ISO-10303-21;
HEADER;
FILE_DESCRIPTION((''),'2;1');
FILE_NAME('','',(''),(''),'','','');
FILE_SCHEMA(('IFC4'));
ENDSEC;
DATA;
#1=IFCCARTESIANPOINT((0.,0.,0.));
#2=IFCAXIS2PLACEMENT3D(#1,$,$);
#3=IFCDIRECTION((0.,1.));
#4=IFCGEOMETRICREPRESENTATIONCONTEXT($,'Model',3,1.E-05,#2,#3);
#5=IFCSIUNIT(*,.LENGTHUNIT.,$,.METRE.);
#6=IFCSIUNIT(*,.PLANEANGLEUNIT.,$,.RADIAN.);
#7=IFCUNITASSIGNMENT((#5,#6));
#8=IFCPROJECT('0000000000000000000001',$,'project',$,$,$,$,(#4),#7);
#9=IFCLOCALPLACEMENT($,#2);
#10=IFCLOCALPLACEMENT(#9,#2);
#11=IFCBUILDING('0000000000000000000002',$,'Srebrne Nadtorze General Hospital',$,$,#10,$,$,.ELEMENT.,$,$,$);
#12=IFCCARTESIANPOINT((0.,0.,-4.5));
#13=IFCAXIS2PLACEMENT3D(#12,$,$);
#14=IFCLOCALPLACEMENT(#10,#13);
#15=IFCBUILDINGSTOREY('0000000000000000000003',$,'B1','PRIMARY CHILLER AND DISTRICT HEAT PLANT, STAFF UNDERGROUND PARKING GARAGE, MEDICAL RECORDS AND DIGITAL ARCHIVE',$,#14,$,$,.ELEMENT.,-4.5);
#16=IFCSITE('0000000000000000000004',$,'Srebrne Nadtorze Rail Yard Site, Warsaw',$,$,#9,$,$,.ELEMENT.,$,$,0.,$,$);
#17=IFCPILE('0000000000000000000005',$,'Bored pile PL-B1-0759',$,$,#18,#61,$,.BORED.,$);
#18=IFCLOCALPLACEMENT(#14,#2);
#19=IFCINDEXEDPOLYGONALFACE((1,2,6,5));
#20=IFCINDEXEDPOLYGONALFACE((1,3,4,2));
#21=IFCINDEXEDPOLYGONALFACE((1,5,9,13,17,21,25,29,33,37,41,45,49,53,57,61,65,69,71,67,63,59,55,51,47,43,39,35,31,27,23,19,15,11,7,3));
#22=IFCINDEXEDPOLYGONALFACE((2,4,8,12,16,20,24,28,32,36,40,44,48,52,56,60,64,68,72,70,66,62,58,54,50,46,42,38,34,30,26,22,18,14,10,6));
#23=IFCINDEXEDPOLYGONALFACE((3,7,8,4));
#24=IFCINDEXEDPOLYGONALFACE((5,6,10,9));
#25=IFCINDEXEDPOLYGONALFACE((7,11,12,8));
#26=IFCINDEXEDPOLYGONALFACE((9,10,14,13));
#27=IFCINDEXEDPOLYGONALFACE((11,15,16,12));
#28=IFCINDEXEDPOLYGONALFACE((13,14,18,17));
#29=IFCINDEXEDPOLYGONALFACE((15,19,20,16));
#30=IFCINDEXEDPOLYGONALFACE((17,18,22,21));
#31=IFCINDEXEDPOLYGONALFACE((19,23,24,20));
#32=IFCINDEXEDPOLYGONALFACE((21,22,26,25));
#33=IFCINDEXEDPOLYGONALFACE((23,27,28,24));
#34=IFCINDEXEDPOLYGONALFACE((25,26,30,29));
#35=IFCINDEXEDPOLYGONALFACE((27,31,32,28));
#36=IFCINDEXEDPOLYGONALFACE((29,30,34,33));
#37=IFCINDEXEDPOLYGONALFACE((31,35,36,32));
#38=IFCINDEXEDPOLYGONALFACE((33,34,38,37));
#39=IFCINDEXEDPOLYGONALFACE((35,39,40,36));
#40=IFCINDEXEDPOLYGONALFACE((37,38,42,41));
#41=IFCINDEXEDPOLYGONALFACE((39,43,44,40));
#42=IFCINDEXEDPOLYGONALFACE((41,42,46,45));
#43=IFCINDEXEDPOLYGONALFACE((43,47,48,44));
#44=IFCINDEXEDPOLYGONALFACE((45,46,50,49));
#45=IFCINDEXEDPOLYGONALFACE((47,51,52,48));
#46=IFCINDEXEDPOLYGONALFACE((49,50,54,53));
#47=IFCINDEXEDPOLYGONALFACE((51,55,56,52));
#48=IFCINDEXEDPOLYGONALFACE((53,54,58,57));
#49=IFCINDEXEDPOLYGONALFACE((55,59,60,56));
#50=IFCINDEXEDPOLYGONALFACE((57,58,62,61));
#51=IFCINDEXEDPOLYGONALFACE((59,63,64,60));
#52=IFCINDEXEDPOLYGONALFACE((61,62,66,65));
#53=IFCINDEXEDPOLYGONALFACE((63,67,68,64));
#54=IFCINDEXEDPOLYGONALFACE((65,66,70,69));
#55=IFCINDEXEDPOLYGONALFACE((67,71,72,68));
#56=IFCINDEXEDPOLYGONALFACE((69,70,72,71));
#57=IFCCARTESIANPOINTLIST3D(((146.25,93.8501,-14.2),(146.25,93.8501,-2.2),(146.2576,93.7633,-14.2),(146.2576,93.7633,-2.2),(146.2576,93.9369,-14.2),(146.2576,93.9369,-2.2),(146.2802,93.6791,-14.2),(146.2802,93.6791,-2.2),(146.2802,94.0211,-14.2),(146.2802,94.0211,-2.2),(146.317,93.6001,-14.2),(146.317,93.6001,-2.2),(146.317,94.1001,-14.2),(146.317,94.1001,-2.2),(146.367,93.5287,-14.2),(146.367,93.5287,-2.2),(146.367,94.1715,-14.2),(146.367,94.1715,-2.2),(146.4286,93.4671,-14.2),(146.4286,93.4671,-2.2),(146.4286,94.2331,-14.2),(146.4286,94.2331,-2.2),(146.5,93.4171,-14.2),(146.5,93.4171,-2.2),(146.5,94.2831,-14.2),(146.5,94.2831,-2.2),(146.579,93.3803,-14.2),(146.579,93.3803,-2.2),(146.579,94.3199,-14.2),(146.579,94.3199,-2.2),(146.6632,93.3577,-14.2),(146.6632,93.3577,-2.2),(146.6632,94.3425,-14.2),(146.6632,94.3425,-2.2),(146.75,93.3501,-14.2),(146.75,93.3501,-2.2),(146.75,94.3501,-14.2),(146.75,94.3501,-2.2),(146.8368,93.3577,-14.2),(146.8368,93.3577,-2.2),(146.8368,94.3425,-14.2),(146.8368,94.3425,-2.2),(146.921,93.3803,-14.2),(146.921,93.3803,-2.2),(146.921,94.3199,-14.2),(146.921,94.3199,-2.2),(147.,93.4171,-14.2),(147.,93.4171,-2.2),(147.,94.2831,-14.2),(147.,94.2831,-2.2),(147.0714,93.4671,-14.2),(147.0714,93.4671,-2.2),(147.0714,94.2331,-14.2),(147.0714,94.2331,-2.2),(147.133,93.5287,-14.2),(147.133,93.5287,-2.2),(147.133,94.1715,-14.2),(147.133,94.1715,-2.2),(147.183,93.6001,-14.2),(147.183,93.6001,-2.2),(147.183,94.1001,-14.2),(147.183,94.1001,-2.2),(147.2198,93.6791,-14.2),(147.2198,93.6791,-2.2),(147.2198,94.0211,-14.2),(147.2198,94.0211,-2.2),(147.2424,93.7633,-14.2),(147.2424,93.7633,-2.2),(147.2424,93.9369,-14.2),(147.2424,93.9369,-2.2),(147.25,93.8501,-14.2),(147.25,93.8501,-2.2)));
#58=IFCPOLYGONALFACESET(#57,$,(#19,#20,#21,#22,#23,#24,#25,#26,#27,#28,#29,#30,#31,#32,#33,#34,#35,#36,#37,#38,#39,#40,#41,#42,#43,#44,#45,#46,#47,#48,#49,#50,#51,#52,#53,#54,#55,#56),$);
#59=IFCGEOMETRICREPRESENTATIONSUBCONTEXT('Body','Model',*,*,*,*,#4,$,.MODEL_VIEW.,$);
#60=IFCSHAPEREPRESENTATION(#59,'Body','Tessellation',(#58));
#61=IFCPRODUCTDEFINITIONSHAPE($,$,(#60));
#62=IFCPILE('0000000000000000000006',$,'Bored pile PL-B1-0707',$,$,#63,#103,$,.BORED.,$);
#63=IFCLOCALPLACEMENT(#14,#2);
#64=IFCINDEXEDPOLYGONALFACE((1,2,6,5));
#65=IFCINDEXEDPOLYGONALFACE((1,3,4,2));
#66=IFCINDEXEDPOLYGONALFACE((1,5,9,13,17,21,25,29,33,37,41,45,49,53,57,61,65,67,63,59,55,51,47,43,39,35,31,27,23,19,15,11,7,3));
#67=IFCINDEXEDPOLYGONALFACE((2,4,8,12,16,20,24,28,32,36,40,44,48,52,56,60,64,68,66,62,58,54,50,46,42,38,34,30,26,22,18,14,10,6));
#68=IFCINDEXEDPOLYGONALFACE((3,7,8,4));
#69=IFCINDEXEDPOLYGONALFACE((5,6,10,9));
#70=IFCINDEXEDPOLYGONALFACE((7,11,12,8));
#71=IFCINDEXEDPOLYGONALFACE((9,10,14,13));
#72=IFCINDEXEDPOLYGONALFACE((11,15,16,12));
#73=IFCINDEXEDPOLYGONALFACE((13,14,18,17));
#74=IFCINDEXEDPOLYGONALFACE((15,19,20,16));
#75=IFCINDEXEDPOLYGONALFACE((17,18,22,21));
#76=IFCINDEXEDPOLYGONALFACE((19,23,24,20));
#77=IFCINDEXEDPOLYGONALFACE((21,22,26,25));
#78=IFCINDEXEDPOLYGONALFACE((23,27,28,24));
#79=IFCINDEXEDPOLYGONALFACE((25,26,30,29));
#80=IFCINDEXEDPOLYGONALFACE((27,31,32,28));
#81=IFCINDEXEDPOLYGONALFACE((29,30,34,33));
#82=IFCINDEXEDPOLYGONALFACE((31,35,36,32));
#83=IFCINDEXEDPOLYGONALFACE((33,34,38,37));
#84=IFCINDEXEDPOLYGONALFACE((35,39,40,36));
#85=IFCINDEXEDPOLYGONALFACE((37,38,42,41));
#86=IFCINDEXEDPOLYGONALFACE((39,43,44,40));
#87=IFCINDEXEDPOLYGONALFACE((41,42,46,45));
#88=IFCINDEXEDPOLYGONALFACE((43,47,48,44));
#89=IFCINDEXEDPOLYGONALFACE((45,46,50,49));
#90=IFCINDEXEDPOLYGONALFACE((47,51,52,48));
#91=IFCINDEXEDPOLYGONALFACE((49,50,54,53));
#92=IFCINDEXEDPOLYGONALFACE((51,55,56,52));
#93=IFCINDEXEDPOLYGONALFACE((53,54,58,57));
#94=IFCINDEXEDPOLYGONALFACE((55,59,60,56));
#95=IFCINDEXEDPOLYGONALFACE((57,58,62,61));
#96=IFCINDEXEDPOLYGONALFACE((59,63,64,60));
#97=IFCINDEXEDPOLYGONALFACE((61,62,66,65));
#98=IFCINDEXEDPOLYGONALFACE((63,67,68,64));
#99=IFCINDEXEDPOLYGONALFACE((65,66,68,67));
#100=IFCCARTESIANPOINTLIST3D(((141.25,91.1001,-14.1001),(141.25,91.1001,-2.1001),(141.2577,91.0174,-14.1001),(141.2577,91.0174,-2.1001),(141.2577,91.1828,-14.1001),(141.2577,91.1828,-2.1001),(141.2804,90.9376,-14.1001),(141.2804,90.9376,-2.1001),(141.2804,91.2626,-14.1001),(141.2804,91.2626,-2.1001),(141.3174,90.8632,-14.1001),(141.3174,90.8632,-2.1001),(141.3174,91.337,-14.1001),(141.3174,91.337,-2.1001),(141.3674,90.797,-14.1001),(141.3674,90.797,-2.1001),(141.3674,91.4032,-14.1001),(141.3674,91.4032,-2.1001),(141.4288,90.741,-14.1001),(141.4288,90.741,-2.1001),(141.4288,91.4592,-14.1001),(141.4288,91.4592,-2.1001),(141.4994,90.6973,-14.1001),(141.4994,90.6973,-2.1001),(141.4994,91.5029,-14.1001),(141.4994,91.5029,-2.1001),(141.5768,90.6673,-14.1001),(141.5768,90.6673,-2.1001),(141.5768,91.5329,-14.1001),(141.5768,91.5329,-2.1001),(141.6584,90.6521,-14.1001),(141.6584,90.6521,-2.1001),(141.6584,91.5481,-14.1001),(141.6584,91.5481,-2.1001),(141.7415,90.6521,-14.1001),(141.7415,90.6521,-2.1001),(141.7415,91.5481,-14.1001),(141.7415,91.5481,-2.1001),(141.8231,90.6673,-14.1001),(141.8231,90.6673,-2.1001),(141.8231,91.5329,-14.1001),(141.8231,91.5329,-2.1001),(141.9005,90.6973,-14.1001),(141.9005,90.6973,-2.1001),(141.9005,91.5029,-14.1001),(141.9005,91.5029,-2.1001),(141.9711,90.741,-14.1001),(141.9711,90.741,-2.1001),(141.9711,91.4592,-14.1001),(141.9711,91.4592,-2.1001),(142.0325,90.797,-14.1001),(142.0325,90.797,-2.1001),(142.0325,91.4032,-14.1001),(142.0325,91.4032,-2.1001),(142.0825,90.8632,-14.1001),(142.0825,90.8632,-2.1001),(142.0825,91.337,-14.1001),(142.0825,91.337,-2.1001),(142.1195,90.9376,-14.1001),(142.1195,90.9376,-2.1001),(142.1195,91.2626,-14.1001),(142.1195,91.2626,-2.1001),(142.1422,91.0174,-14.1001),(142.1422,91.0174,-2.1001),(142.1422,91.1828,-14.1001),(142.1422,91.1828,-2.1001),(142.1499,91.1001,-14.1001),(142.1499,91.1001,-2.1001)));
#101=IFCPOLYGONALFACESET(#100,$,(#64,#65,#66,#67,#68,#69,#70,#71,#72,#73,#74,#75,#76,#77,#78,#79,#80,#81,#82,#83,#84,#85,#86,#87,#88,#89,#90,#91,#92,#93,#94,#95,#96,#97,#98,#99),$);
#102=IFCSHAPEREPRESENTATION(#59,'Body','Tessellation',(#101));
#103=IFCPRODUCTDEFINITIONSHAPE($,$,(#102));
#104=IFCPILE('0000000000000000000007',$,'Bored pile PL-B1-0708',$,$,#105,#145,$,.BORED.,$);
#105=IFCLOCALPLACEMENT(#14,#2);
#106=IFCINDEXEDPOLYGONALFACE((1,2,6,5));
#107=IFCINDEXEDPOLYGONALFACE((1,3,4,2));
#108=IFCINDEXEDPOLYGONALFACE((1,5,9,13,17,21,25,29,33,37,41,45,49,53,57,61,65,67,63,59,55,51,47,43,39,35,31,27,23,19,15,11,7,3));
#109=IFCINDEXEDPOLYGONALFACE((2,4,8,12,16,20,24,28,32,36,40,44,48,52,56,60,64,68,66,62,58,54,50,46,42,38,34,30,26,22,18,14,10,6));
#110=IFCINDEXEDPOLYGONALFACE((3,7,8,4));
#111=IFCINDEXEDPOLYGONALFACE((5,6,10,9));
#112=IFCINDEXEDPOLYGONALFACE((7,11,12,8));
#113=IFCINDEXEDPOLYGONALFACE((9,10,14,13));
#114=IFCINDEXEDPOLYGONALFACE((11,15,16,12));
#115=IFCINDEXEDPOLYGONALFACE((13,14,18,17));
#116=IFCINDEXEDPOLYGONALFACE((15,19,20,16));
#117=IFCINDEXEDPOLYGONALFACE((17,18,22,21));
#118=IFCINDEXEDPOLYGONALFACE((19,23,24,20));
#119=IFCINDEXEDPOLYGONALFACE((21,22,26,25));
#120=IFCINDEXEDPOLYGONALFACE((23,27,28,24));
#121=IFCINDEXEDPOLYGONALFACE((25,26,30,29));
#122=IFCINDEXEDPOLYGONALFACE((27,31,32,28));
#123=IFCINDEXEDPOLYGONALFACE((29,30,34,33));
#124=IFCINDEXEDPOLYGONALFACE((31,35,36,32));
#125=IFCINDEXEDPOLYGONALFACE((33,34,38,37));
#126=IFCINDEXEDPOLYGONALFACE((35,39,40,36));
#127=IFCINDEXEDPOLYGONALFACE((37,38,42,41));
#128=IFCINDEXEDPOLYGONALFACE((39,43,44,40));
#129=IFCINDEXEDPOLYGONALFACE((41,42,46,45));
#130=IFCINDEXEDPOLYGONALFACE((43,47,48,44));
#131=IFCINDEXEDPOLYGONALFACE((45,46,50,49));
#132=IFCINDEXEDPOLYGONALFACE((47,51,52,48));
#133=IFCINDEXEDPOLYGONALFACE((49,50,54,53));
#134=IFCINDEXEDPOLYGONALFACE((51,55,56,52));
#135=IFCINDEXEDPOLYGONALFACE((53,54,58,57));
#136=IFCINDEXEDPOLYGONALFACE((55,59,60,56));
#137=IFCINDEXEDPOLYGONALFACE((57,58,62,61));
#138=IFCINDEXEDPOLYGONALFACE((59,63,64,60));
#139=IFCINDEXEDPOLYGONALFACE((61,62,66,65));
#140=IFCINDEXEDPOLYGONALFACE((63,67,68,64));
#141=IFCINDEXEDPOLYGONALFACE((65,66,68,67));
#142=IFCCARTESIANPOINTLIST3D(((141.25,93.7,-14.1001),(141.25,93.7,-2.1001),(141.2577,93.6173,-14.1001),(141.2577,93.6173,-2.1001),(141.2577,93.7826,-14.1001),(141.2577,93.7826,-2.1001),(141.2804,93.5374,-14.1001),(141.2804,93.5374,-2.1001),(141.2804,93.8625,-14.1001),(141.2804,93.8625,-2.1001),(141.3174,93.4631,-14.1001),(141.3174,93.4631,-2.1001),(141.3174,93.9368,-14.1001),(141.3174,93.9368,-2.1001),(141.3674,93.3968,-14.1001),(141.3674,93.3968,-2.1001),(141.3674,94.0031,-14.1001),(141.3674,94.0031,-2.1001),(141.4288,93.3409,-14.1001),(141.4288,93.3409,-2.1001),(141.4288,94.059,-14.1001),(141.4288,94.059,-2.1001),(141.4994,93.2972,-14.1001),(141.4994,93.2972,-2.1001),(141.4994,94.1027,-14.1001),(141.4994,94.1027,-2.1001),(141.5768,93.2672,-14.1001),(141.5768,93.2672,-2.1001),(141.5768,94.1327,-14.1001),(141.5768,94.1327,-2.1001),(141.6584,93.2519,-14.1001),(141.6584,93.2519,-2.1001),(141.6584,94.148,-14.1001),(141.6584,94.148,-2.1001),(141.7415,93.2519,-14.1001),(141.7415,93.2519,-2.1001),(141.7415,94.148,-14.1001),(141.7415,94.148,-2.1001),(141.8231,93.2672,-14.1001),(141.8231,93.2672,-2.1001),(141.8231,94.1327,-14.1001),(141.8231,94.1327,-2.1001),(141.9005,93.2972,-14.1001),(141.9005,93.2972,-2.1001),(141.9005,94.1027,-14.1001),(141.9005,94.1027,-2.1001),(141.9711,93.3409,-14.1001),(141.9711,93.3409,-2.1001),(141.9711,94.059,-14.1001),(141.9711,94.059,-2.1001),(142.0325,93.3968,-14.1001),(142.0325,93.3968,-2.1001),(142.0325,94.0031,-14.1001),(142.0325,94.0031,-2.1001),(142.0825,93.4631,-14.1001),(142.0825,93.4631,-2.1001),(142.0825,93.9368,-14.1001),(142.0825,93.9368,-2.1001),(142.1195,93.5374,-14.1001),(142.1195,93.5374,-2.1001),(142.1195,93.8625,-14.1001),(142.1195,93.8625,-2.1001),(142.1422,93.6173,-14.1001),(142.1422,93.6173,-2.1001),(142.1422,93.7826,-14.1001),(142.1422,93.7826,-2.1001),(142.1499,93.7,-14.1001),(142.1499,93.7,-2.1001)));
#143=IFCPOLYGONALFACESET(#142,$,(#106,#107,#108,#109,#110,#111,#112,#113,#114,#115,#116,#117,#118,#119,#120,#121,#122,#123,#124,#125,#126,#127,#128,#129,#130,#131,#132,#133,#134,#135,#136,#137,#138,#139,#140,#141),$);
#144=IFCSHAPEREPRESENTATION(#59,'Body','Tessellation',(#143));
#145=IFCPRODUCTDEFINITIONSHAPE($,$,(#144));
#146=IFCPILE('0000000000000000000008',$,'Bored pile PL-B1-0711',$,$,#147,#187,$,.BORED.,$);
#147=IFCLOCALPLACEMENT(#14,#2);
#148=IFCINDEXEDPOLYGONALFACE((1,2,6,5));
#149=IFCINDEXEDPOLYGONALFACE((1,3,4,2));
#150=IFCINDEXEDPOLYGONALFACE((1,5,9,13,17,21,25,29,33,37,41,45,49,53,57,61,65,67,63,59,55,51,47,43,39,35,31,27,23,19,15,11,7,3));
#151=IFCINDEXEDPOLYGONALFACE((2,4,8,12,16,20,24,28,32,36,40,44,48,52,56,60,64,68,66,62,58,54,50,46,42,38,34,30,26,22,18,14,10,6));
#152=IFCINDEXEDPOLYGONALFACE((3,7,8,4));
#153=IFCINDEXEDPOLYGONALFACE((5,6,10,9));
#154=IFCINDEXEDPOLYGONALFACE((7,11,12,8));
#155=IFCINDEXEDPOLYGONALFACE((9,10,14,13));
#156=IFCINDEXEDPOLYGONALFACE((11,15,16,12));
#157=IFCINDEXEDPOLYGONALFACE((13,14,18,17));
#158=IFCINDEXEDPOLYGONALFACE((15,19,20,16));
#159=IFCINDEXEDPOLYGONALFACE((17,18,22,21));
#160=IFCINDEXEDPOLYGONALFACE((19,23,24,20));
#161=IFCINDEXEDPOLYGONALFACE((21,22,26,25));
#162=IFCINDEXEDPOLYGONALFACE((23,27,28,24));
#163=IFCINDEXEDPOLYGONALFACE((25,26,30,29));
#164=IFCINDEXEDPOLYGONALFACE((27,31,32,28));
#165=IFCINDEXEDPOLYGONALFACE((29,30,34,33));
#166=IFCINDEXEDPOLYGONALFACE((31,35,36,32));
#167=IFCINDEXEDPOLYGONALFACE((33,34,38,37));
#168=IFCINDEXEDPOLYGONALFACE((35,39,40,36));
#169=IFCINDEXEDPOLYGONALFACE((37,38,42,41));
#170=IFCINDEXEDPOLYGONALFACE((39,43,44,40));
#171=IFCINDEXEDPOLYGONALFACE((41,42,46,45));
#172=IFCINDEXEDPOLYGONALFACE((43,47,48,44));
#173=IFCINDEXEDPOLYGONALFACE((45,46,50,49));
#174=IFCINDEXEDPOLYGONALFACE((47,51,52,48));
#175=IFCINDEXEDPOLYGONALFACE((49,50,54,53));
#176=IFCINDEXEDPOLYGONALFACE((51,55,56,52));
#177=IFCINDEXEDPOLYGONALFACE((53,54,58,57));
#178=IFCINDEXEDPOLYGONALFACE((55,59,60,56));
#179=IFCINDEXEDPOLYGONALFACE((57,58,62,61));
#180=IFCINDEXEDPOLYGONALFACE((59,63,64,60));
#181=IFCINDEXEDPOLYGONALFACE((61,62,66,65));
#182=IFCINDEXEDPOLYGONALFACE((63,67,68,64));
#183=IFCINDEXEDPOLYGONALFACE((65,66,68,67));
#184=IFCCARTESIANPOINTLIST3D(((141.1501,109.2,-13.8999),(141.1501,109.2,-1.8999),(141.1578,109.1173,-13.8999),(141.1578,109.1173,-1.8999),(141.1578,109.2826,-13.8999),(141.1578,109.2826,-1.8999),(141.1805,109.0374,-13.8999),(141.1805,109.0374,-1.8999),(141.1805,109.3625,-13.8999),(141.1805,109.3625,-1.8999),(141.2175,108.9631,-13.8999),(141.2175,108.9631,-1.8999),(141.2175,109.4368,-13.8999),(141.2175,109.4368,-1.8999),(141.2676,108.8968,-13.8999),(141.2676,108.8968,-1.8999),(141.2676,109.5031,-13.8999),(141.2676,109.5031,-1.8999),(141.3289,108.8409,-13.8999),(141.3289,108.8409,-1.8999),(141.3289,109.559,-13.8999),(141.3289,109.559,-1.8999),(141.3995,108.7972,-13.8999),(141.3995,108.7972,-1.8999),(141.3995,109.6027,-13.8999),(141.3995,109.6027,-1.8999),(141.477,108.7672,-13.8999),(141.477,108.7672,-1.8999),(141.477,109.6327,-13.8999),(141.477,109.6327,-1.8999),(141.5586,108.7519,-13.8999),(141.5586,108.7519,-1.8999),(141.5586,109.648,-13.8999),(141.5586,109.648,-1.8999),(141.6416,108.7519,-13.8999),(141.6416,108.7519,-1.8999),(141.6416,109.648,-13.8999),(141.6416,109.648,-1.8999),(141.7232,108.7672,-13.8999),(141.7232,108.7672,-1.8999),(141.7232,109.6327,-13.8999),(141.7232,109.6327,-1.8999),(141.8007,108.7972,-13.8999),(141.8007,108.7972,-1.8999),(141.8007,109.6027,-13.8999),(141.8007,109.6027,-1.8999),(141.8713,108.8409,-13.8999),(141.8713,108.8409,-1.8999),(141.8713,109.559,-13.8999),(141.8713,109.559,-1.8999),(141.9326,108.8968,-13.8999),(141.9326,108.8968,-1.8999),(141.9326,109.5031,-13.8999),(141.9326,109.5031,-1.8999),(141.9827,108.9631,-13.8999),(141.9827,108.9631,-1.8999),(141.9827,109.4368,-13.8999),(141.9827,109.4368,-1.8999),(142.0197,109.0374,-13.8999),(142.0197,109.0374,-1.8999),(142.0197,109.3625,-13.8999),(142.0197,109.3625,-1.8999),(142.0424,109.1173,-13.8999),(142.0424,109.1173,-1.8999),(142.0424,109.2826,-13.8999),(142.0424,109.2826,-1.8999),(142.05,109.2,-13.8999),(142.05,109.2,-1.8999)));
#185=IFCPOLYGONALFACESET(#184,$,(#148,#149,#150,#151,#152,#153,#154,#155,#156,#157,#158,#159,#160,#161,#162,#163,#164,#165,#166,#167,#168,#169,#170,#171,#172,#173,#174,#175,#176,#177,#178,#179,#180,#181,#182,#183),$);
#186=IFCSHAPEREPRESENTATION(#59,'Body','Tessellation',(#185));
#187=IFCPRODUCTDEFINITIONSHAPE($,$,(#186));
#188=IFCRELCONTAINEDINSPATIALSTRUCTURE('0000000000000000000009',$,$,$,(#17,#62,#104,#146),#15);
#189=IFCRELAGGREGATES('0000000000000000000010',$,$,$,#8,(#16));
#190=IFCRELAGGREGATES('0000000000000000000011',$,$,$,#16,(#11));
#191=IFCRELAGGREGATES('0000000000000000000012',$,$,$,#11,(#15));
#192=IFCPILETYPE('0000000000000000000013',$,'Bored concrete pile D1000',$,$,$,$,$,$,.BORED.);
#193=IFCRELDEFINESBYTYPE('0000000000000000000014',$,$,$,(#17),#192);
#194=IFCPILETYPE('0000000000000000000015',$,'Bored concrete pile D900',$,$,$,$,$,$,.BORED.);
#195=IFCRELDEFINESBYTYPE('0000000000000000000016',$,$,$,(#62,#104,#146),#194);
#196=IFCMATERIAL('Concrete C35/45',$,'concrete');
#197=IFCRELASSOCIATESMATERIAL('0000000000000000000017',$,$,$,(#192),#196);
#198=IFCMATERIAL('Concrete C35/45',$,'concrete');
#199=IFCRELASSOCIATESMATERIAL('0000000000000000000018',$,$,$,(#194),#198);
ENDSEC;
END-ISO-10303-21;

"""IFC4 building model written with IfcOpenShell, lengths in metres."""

from ifc_helpers import new_model, si_unit, direction, frame, origin, origin_2d, place, context, subcontext, project, spatial, circle, extrude, material, material_profile, profile_set, type_object, element, save


model = new_model("IFC4")

# Units and contexts
model_context = context("Model", 3, precision=1e-05, world=origin(), true_north=direction((0.0, 1.0)))
body_context = subcontext(model_context, "Body", "Model", "MODEL_VIEW")
ifc_project = project(units=[si_unit("LENGTHUNIT", "METRE"), si_unit("PLANEANGLEUNIT", "RADIAN")], contexts=[model_context])

# Site, building, storey
site_placement = place(None, origin())
site = spatial("IfcSite", under=ifc_project, at=site_placement, Name="Srebrne Nadtorze Rail Yard Site, Warsaw", CompositionType="ELEMENT", RefElevation=0.0)
building_placement = place(site_placement, origin())
building = spatial("IfcBuilding", under=site, at=building_placement, Name="Srebrne Nadtorze General Hospital", CompositionType="ELEMENT")
storey_placement = place(building_placement, frame((0.0, 0.0, -4.5)))
storey = spatial("IfcBuildingStorey", under=building, at=storey_placement, Name="B1", Description="PRIMARY CHILLER AND DISTRICT HEAT PLANT, STAFF UNDERGROUND PARKING GARAGE, MEDICAL RECORDS AND DIGITAL ARCHIVE", CompositionType="ELEMENT", Elevation=-4.5)

# Piles
ifc_material_1 = material(Name="Concrete C35/45", Category="concrete")
ifc_material_profile_1 = material_profile(ifc_material_1, circle(Radius=0.5, at=origin_2d()), Name="PILE-D1000")
ifc_profile_set_1 = profile_set([ifc_material_profile_1], Name="Concrete C35/45")
pile_type_1 = type_object("IfcPileType", Name="Bored concrete pile D1000", PredefinedType="BORED", material=ifc_profile_set_1)
for number, where, z_axis, x_axis, name in (
    (1, (146.75, 93.8501, -2.2), (0.0, 0.0, -1.0), (1.0, 0.0, 0.0), "Bored pile PL-B1-0759"),
):
    element("IfcPile", number, at=place(storey_placement, frame(where, z_axis=z_axis, x_axis=x_axis)), inside=storey, type_object=pile_type_1, Name=name, PredefinedType="BORED", context=body_context, shape_type="SweptSolid", body=[
        extrude(circle(Radius=0.5, at=origin_2d()), origin(), (0.0, 0.0, 1.0), 12.0),
    ])
ifc_material_2 = material(Name="Concrete C35/45", Category="concrete")
ifc_material_profile_2 = material_profile(ifc_material_2, circle(Radius=0.45, at=origin_2d()), Name="PILE-D900")
ifc_profile_set_2 = profile_set([ifc_material_profile_2], Name="Concrete C35/45")
pile_type_2 = type_object("IfcPileType", Name="Bored concrete pile D900", PredefinedType="BORED", material=ifc_profile_set_2)
for number, where, z_axis, x_axis, name in (
    (2, (141.7, 91.1001, -2.1001), (0.0, 0.0, -1.0), (1.0, 0.0, 0.0), "Bored pile PL-B1-0707"),
    (3, (141.7, 93.7, -2.1001), (0.0, 0.0, -1.0), (1.0, 0.0, 0.0), "Bored pile PL-B1-0708"),
    (4, (141.6001, 109.2, -1.8999), (0.0, 0.0, -1.0), (1.0, 0.0, 0.0), "Bored pile PL-B1-0711"),
):
    element("IfcPile", number, at=place(storey_placement, frame(where, z_axis=z_axis, x_axis=x_axis)), inside=storey, type_object=pile_type_2, Name=name, PredefinedType="BORED", context=body_context, shape_type="SweptSolid", body=[
        extrude(circle(Radius=0.45, at=origin_2d()), origin(), (0.0, 0.0, 1.0), 12.0),
    ])

save(model, "model.ifc")
